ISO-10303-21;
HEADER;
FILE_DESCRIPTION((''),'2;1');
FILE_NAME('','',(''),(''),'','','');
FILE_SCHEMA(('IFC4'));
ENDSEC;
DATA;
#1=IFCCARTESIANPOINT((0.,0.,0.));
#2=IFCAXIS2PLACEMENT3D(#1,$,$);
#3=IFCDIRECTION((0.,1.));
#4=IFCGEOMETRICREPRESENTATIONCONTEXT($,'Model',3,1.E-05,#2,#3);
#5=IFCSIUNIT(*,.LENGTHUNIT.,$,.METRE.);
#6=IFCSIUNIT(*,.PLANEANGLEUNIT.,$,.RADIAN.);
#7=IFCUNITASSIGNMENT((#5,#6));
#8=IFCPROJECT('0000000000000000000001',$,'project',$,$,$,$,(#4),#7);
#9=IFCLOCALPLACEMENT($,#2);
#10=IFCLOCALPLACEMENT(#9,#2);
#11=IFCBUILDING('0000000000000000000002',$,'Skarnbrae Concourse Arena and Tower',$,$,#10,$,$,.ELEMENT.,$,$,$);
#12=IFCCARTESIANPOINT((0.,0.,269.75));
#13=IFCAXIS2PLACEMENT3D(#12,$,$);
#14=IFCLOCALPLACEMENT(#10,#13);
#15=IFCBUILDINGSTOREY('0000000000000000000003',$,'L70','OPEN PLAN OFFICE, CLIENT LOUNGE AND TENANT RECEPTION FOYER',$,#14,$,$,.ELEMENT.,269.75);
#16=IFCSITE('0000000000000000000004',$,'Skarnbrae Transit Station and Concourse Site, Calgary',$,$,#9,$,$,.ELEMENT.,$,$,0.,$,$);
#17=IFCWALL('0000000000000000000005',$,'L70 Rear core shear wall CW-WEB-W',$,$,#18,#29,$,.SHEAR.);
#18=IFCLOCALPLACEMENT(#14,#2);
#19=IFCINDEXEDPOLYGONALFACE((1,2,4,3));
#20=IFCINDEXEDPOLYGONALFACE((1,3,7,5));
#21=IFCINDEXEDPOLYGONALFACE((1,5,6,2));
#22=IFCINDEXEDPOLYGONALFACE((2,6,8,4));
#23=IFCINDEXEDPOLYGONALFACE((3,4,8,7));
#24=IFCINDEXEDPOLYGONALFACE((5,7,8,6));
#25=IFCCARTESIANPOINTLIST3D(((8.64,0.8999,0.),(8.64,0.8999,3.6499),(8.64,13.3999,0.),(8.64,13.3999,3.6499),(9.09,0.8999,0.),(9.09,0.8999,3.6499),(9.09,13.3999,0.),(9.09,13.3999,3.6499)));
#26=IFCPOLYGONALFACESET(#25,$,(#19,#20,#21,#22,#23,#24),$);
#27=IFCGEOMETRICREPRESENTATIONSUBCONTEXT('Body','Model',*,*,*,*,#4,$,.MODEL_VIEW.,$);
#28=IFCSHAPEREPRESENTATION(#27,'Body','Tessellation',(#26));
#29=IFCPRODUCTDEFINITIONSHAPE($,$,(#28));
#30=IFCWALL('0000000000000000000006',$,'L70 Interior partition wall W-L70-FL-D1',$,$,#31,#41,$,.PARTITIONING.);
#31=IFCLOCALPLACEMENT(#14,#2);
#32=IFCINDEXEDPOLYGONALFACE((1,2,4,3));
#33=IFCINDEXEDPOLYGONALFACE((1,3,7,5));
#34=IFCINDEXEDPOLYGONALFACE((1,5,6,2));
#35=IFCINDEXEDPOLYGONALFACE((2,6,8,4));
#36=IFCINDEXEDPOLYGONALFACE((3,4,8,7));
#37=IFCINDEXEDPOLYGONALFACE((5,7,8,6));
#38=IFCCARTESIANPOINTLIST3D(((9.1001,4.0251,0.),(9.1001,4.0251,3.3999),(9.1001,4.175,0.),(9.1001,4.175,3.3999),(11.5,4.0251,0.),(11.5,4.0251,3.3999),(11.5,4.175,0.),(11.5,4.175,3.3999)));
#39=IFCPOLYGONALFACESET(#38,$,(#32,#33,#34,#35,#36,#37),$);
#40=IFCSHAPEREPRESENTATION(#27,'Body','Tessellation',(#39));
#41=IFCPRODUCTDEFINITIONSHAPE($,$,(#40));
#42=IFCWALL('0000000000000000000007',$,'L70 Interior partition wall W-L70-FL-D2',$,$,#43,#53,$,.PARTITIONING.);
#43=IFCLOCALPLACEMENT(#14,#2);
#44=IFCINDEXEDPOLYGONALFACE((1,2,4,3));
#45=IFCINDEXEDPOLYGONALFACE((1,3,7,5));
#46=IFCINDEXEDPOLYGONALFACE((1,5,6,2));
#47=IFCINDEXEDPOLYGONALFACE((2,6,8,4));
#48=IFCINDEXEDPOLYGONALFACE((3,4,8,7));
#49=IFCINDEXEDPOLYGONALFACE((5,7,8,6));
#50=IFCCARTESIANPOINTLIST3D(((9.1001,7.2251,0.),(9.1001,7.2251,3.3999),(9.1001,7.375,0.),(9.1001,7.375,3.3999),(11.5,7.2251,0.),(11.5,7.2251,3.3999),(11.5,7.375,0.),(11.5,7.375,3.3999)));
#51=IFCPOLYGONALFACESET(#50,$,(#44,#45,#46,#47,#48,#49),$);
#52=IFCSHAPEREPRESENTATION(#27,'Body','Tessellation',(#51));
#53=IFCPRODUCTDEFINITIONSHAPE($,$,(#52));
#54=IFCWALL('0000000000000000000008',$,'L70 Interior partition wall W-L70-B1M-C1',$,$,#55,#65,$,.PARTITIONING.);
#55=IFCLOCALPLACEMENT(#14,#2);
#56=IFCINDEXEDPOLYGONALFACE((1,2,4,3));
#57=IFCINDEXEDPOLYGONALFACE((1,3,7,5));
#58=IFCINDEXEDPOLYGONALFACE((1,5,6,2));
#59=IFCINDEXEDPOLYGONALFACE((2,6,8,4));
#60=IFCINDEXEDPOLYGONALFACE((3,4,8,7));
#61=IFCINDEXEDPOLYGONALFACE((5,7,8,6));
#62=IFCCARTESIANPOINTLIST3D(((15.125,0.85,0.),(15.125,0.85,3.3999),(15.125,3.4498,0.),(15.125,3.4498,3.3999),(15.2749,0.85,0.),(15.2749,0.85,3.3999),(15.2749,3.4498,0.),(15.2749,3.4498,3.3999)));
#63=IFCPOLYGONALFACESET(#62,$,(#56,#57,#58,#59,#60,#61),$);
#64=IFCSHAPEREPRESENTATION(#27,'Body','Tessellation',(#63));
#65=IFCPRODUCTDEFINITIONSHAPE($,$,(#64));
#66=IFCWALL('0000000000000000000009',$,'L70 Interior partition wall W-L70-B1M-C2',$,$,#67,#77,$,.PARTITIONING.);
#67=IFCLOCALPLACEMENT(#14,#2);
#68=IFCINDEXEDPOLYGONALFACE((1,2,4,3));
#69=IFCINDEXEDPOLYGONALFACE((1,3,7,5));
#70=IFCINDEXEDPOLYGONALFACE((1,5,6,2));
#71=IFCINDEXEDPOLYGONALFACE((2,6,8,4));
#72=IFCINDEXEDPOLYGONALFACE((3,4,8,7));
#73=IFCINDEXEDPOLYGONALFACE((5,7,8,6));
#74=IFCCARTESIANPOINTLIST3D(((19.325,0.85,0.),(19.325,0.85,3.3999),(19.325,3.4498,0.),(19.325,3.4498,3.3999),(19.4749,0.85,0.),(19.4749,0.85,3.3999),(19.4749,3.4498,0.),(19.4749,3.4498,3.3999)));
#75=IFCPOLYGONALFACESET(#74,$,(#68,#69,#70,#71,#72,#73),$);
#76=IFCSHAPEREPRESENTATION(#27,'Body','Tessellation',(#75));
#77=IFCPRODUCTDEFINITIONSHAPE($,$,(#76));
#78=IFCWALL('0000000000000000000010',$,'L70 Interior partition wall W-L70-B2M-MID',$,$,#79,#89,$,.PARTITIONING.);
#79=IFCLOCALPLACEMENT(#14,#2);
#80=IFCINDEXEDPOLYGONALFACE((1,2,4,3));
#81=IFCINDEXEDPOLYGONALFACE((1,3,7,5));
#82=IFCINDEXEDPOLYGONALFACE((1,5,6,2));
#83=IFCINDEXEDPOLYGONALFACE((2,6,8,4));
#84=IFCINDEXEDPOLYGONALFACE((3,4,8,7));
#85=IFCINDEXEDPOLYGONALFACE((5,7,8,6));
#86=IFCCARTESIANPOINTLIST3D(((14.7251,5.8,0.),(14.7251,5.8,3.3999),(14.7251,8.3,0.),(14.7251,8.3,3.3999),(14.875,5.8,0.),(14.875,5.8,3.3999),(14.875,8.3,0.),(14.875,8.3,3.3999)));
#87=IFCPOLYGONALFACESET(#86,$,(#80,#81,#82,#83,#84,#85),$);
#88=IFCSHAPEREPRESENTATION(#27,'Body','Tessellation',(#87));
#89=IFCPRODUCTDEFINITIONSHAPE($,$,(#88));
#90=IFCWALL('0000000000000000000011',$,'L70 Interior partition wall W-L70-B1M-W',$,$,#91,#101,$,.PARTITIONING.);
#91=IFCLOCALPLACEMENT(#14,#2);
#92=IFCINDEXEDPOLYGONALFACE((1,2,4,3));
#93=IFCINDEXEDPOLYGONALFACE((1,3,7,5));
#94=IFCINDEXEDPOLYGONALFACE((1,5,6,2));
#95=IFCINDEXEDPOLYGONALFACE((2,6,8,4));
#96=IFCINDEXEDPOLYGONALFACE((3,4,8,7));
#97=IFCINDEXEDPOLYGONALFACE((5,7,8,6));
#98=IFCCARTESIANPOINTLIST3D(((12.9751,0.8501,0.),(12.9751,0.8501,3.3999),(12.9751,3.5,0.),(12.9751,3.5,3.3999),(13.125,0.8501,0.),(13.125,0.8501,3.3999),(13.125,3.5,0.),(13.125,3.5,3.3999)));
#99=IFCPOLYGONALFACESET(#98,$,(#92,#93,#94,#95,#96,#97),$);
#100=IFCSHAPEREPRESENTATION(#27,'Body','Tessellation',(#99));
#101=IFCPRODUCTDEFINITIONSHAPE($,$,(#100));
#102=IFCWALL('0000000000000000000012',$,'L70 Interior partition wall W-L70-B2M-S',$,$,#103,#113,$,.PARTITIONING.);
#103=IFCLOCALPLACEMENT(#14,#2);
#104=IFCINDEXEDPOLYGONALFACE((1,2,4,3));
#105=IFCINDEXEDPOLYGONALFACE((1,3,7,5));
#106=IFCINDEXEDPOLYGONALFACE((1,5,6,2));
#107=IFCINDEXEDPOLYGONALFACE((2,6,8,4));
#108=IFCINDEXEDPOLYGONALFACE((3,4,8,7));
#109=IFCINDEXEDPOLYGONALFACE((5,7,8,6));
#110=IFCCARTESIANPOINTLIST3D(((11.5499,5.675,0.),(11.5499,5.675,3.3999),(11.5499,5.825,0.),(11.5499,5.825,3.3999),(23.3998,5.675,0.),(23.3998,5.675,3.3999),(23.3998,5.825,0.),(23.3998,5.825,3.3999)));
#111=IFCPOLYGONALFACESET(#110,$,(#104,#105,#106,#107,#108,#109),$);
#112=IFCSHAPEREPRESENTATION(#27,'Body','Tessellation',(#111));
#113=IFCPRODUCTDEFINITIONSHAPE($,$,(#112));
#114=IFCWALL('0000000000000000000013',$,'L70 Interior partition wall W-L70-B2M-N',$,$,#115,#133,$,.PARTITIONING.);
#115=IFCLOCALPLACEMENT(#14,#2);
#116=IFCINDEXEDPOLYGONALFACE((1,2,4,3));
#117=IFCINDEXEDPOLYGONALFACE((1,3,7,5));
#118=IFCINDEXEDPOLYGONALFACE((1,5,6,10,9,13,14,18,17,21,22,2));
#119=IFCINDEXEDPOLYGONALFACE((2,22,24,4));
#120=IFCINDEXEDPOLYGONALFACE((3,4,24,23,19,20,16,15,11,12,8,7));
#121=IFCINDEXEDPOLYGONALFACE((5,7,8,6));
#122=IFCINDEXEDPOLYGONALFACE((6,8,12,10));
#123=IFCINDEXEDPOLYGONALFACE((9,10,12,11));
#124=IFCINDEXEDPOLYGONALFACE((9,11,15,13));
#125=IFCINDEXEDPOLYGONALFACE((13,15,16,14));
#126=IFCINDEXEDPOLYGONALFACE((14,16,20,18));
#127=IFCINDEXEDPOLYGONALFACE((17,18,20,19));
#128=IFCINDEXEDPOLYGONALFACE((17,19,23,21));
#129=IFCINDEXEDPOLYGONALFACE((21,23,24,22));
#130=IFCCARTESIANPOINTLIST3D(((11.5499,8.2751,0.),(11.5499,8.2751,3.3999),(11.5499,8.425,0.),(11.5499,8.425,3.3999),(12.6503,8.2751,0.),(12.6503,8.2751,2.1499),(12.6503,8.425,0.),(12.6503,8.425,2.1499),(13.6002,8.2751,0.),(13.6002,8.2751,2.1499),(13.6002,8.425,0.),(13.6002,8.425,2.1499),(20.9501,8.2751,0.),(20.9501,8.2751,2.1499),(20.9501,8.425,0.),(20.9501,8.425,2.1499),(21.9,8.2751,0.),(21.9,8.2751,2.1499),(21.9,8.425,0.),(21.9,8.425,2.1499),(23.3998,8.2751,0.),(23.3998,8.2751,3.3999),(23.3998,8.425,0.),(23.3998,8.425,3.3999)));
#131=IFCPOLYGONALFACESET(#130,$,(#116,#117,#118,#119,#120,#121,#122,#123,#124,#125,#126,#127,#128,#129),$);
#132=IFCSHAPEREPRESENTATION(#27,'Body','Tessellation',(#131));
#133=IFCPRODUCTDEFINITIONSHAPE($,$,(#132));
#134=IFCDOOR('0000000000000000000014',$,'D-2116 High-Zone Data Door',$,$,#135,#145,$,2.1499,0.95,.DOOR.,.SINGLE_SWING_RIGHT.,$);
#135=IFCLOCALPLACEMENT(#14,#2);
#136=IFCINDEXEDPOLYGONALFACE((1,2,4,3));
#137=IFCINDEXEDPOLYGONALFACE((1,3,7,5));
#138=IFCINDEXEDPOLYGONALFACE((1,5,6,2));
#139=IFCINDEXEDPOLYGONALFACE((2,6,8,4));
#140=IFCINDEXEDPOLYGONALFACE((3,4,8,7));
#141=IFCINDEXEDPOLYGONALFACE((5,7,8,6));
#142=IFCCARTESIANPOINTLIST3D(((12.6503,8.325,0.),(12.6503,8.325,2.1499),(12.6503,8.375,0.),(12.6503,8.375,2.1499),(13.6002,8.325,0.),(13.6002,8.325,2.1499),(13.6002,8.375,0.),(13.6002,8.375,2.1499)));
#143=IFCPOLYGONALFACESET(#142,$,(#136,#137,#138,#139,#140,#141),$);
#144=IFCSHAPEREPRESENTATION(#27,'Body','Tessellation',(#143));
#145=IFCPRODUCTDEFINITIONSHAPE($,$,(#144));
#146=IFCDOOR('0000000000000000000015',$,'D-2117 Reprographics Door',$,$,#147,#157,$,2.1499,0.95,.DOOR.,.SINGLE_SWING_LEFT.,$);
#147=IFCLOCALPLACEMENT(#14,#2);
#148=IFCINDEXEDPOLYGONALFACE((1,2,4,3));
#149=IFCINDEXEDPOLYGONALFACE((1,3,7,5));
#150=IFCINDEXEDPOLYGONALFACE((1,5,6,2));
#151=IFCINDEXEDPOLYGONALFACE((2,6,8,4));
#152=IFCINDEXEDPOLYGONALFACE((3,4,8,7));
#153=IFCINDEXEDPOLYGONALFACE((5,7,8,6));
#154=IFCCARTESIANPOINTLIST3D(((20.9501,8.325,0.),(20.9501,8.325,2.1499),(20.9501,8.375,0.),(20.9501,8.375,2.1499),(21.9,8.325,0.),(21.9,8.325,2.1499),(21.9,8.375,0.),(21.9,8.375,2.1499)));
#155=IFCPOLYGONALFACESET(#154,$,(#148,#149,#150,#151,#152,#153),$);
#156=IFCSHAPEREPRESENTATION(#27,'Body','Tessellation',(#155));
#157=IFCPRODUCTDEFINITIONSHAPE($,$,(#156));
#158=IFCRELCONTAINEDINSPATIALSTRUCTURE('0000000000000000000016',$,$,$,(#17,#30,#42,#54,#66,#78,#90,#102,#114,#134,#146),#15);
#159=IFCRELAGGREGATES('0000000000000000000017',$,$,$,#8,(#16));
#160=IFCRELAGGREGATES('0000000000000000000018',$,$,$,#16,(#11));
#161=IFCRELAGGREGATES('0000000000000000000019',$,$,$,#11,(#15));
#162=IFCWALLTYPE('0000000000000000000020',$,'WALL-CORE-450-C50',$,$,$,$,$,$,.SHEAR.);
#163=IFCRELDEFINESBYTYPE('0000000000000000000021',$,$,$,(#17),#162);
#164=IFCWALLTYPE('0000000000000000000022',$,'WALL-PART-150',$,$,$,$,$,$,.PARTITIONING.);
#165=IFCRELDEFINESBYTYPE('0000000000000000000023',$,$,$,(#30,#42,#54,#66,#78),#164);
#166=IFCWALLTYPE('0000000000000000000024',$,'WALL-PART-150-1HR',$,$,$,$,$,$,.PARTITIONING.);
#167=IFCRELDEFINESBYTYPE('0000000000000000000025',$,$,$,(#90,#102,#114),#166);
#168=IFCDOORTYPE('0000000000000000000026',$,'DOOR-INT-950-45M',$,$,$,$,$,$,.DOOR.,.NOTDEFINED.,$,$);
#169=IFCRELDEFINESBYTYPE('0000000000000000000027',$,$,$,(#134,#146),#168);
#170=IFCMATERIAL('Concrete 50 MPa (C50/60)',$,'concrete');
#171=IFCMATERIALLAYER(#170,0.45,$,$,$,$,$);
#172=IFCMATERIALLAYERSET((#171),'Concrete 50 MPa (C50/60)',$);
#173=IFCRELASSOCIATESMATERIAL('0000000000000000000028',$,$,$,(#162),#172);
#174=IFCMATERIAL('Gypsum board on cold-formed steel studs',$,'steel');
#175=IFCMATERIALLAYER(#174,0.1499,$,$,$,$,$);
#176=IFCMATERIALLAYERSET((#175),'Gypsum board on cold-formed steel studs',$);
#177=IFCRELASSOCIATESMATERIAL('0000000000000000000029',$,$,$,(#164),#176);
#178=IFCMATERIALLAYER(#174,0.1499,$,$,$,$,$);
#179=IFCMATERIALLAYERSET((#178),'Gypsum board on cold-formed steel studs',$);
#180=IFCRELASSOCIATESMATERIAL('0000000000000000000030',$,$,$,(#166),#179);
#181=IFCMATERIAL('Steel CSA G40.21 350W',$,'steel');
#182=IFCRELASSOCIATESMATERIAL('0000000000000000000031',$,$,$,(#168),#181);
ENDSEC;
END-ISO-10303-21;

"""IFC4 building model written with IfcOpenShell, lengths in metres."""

from ifc_helpers import new_model, si_unit, direction, frame, frame_2d, origin, place, context, subcontext, project, spatial, rectangle, extrude, source, transform, mapped, material, layer, layer_set, type_object, element, fill, save


model = new_model("IFC4")

# Units and contexts
model_context = context("Model", 3, precision=1e-05, world=origin(), true_north=direction((0.0, 1.0)))
body_context = subcontext(model_context, "Body", "Model", "MODEL_VIEW")
ifc_project = project(units=[si_unit("LENGTHUNIT", "METRE"), si_unit("PLANEANGLEUNIT", "RADIAN")], contexts=[model_context])

# Site, building, storey
site_placement = place(None, origin())
site = spatial("IfcSite", under=ifc_project, at=site_placement, Name="Skarnbrae Transit Station and Concourse Site, Calgary", CompositionType="ELEMENT", RefElevation=0.0)
building_placement = place(site_placement, origin())
building = spatial("IfcBuilding", under=site, at=building_placement, Name="Skarnbrae Concourse Arena and Tower", CompositionType="ELEMENT")
storey_placement = place(building_placement, frame((0.0, 0.0, 269.75)))
storey = spatial("IfcBuildingStorey", under=building, at=storey_placement, Name="L70", Description="OPEN PLAN OFFICE, CLIENT LOUNGE AND TENANT RECEPTION FOYER", CompositionType="ELEMENT", Elevation=269.75)

# Wall
ifc_material_1 = material(Name="Concrete 50 MPa (C50/60)", Category="concrete")
ifc_layer_1 = layer(ifc_material_1, 0.45)
ifc_layer_set_1 = layer_set([ifc_layer_1], Name="Concrete 50 MPa (C50/60)")
wall_type_1 = type_object("IfcWallType", Name="WALL-CORE-450-C50", PredefinedType="SHEAR", material=ifc_layer_set_1)
shared_shape_1 = source(origin(), body_context, "Body", "SweptSolid", [
    extrude(rectangle(XDim=12.5, YDim=0.45, at=frame_2d((6.25, 0.0))), origin(), (0.0, 0.0, 1.0), 3.6499),
])
wall_1_placement = place(storey_placement, frame((8.865, 0.8999, 0.0), z_axis=(0.0, 0.0, 1.0), x_axis=(0.0, 1.0, 0.0)))
element("IfcWall", 1, at=wall_1_placement, inside=storey, type_object=wall_type_1, Name="L70 Rear core shear wall CW-WEB-W", PredefinedType="SHEAR", context=body_context, shape_type="MappedRepresentation", body=[
    mapped(shared_shape_1, transform((0.0, 0.0, 0.0))),
])

# Shared definitions
ifc_material_2 = material(Name="Gypsum board on cold-formed steel studs", Category="steel")
ifc_material_3 = material(Name="Steel CSA G40.21 350W", Category="steel")

# Walls
ifc_layer_2 = layer(ifc_material_2, 0.1499)
ifc_layer_set_2 = layer_set([ifc_layer_2], Name="Gypsum board on cold-formed steel studs")
wall_type_2 = type_object("IfcWallType", Name="WALL-PART-150", PredefinedType="PARTITIONING", material=ifc_layer_set_2)
shared_shape_2 = source(origin(), body_context, "Body", "SweptSolid", [
    extrude(rectangle(XDim=2.3999, YDim=0.1499, at=frame_2d((1.2, 0.0))), origin(), (0.0, 0.0, 1.0), 3.3999),
])
for number, where, z_axis, x_axis, name in (
    (2, (9.1001, 4.1001, 0.0), (0.0, 0.0, 1.0), (1.0, 0.0, 0.0), "L70 Interior partition wall W-L70-FL-D1"),
    (3, (9.1001, 7.3, 0.0), (0.0, 0.0, 1.0), (1.0, 0.0, 0.0), "L70 Interior partition wall W-L70-FL-D2"),
):
    element("IfcWall", number, at=place(storey_placement, frame(where, z_axis=z_axis, x_axis=x_axis)), inside=storey, type_object=wall_type_2, Name=name, PredefinedType="PARTITIONING", context=body_context, shape_type="MappedRepresentation", body=[
        mapped(shared_shape_2, transform((0.0, 0.0, 0.0))),
    ])
shared_shape_3 = source(origin(), body_context, "Body", "SweptSolid", [
    extrude(rectangle(XDim=2.5999, YDim=0.1499, at=frame_2d((1.2998, 0.0))), origin(), (0.0, 0.0, 1.0), 3.3999),
])
for number, where, z_axis, x_axis, name in (
    (4, (15.2, 0.8501, 0.0), (0.0, 0.0, 1.0), (0.0, 1.0, 0.0), "L70 Interior partition wall W-L70-B1M-C1"),
    (5, (19.3999, 0.8501, 0.0), (0.0, 0.0, 1.0), (0.0, 1.0, 0.0), "L70 Interior partition wall W-L70-B1M-C2"),
):
    element("IfcWall", number, at=place(storey_placement, frame(where, z_axis=z_axis, x_axis=x_axis)), inside=storey, type_object=wall_type_2, Name=name, PredefinedType="PARTITIONING", context=body_context, shape_type="MappedRepresentation", body=[
        mapped(shared_shape_3, transform((0.0, 0.0, 0.0))),
    ])
shared_shape_4 = source(origin(), body_context, "Body", "SweptSolid", [
    extrude(rectangle(XDim=2.5, YDim=0.1499, at=frame_2d((1.25, 0.0))), origin(), (0.0, 0.0, 1.0), 3.3999),
])
wall_2_placement = place(storey_placement, frame((14.8, 5.8, 0.0), z_axis=(0.0, 0.0, 1.0), x_axis=(0.0, 1.0, 0.0)))
element("IfcWall", 6, at=wall_2_placement, inside=storey, type_object=wall_type_2, Name="L70 Interior partition wall W-L70-B2M-MID", PredefinedType="PARTITIONING", context=body_context, shape_type="MappedRepresentation", body=[
    mapped(shared_shape_4, transform((0.0, 0.0, 0.0))),
])
ifc_layer_3 = layer(ifc_material_2, 0.1499)
ifc_layer_set_3 = layer_set([ifc_layer_3], Name="Gypsum board on cold-formed steel studs")
wall_type_3 = type_object("IfcWallType", Name="WALL-PART-150-1HR", PredefinedType="PARTITIONING", material=ifc_layer_set_3)
shared_shape_5 = source(origin(), body_context, "Body", "SweptSolid", [
    extrude(rectangle(XDim=2.6499, YDim=0.1499, at=frame_2d((1.325, 0.0))), origin(), (0.0, 0.0, 1.0), 3.3999),
])
wall_3_placement = place(storey_placement, frame((13.05, 0.8501, 0.0), z_axis=(0.0, 0.0, 1.0), x_axis=(0.0, 1.0, 0.0)))
element("IfcWall", 7, at=wall_3_placement, inside=storey, type_object=wall_type_3, Name="L70 Interior partition wall W-L70-B1M-W", PredefinedType="PARTITIONING", context=body_context, shape_type="MappedRepresentation", body=[
    mapped(shared_shape_5, transform((0.0, 0.0, 0.0))),
])

# Shared definitions
door_type_1 = type_object("IfcDoorType", Name="DOOR-INT-950-45M", OperationType="NOTDEFINED", PredefinedType="DOOR", material=ifc_material_3)
shared_shape_6 = source(origin(), body_context, "Body", "SweptSolid", [
    extrude(rectangle(XDim=0.95, YDim=2.1499, at=frame_2d((0.4751, 1.075))), frame((0.0, 0.0249, 0.0), z_axis=(0.0, -1.0, 0.0), x_axis=(1.0, 0.0, 0.0)), (0.0, 0.0, 1.0), 0.05),
])

# Wall
shared_shape_7 = source(origin(), body_context, "Body", "SweptSolid", [
    extrude(rectangle(XDim=11.8499, YDim=0.1499, at=frame_2d((5.9248, 0.0))), origin(), (0.0, 0.0, 1.0), 3.3999),
])
wall_4_placement = place(storey_placement, frame((11.55, 5.75, 0.0), z_axis=(0.0, 0.0, 1.0), x_axis=(1.0, 0.0, 0.0)))
element("IfcWall", 8, at=wall_4_placement, inside=storey, type_object=wall_type_3, Name="L70 Interior partition wall W-L70-B2M-S", PredefinedType="PARTITIONING", context=body_context, shape_type="MappedRepresentation", body=[
    mapped(shared_shape_7, transform((0.0, 0.0, 0.0))),
])

# Wall, openings, doors
wall_5_placement = place(storey_placement, frame((11.55, 8.3501, 0.0), z_axis=(0.0, 0.0, 1.0), x_axis=(1.0, 0.0, 0.0)))
wall_5 = element("IfcWall", 9, at=wall_5_placement, inside=storey, type_object=wall_type_3, Name="L70 Interior partition wall W-L70-B2M-N", PredefinedType="PARTITIONING", context=body_context, shape_type="MappedRepresentation", body=[
    mapped(shared_shape_7, transform((0.0, 0.0, 0.0))),
])
opening_1_placement = place(wall_5_placement, frame((1.1001, 0.0, 0.0)))
opening_1 = element("IfcOpeningElement", 10, at=opening_1_placement, cuts=wall_5, PredefinedType="OPENING", context=body_context, shape_type="SweptSolid", body=[
    extrude(rectangle(XDim=0.95, YDim=2.1499, at=frame_2d((0.4751, 1.075))), frame((0.0, 0.085, 0.0), z_axis=(0.0, -1.0, 0.0), x_axis=(1.0, 0.0, 0.0)), (0.0, 0.0, 1.0), 0.1699),
])
opening_2_placement = place(wall_5_placement, frame((9.3999, 0.0, 0.0)))
opening_2 = element("IfcOpeningElement", 11, at=opening_2_placement, cuts=wall_5, PredefinedType="OPENING", context=body_context, shape_type="SweptSolid", body=[
    extrude(rectangle(XDim=0.95, YDim=2.1499, at=frame_2d((0.4751, 1.075))), frame((0.0, 0.085, 0.0), z_axis=(0.0, -1.0, 0.0), x_axis=(1.0, 0.0, 0.0)), (0.0, 0.0, 1.0), 0.1699),
])
door_1_placement = place(opening_1_placement, origin())
door_1 = element("IfcDoor", 12, at=door_1_placement, inside=storey, type_object=door_type_1, Name="D-2116 High-Zone Data Door", OperationType="SINGLE_SWING_RIGHT", OverallHeight=2.1499, OverallWidth=0.95, PredefinedType="DOOR", context=body_context, shape_type="MappedRepresentation", body=[
    mapped(shared_shape_6, transform((0.0, 0.0, 0.0))),
])
fill(opening_1, door_1)
door_2_placement = place(opening_2_placement, origin())
door_2 = element("IfcDoor", 13, at=door_2_placement, inside=storey, type_object=door_type_1, Name="D-2117 Reprographics Door", OperationType="SINGLE_SWING_LEFT", OverallHeight=2.1499, OverallWidth=0.95, PredefinedType="DOOR", context=body_context, shape_type="MappedRepresentation", body=[
    mapped(shared_shape_6, transform((0.0, 0.0, 0.0))),
])
fill(opening_2, door_2)

save(model, "model.ifc")
